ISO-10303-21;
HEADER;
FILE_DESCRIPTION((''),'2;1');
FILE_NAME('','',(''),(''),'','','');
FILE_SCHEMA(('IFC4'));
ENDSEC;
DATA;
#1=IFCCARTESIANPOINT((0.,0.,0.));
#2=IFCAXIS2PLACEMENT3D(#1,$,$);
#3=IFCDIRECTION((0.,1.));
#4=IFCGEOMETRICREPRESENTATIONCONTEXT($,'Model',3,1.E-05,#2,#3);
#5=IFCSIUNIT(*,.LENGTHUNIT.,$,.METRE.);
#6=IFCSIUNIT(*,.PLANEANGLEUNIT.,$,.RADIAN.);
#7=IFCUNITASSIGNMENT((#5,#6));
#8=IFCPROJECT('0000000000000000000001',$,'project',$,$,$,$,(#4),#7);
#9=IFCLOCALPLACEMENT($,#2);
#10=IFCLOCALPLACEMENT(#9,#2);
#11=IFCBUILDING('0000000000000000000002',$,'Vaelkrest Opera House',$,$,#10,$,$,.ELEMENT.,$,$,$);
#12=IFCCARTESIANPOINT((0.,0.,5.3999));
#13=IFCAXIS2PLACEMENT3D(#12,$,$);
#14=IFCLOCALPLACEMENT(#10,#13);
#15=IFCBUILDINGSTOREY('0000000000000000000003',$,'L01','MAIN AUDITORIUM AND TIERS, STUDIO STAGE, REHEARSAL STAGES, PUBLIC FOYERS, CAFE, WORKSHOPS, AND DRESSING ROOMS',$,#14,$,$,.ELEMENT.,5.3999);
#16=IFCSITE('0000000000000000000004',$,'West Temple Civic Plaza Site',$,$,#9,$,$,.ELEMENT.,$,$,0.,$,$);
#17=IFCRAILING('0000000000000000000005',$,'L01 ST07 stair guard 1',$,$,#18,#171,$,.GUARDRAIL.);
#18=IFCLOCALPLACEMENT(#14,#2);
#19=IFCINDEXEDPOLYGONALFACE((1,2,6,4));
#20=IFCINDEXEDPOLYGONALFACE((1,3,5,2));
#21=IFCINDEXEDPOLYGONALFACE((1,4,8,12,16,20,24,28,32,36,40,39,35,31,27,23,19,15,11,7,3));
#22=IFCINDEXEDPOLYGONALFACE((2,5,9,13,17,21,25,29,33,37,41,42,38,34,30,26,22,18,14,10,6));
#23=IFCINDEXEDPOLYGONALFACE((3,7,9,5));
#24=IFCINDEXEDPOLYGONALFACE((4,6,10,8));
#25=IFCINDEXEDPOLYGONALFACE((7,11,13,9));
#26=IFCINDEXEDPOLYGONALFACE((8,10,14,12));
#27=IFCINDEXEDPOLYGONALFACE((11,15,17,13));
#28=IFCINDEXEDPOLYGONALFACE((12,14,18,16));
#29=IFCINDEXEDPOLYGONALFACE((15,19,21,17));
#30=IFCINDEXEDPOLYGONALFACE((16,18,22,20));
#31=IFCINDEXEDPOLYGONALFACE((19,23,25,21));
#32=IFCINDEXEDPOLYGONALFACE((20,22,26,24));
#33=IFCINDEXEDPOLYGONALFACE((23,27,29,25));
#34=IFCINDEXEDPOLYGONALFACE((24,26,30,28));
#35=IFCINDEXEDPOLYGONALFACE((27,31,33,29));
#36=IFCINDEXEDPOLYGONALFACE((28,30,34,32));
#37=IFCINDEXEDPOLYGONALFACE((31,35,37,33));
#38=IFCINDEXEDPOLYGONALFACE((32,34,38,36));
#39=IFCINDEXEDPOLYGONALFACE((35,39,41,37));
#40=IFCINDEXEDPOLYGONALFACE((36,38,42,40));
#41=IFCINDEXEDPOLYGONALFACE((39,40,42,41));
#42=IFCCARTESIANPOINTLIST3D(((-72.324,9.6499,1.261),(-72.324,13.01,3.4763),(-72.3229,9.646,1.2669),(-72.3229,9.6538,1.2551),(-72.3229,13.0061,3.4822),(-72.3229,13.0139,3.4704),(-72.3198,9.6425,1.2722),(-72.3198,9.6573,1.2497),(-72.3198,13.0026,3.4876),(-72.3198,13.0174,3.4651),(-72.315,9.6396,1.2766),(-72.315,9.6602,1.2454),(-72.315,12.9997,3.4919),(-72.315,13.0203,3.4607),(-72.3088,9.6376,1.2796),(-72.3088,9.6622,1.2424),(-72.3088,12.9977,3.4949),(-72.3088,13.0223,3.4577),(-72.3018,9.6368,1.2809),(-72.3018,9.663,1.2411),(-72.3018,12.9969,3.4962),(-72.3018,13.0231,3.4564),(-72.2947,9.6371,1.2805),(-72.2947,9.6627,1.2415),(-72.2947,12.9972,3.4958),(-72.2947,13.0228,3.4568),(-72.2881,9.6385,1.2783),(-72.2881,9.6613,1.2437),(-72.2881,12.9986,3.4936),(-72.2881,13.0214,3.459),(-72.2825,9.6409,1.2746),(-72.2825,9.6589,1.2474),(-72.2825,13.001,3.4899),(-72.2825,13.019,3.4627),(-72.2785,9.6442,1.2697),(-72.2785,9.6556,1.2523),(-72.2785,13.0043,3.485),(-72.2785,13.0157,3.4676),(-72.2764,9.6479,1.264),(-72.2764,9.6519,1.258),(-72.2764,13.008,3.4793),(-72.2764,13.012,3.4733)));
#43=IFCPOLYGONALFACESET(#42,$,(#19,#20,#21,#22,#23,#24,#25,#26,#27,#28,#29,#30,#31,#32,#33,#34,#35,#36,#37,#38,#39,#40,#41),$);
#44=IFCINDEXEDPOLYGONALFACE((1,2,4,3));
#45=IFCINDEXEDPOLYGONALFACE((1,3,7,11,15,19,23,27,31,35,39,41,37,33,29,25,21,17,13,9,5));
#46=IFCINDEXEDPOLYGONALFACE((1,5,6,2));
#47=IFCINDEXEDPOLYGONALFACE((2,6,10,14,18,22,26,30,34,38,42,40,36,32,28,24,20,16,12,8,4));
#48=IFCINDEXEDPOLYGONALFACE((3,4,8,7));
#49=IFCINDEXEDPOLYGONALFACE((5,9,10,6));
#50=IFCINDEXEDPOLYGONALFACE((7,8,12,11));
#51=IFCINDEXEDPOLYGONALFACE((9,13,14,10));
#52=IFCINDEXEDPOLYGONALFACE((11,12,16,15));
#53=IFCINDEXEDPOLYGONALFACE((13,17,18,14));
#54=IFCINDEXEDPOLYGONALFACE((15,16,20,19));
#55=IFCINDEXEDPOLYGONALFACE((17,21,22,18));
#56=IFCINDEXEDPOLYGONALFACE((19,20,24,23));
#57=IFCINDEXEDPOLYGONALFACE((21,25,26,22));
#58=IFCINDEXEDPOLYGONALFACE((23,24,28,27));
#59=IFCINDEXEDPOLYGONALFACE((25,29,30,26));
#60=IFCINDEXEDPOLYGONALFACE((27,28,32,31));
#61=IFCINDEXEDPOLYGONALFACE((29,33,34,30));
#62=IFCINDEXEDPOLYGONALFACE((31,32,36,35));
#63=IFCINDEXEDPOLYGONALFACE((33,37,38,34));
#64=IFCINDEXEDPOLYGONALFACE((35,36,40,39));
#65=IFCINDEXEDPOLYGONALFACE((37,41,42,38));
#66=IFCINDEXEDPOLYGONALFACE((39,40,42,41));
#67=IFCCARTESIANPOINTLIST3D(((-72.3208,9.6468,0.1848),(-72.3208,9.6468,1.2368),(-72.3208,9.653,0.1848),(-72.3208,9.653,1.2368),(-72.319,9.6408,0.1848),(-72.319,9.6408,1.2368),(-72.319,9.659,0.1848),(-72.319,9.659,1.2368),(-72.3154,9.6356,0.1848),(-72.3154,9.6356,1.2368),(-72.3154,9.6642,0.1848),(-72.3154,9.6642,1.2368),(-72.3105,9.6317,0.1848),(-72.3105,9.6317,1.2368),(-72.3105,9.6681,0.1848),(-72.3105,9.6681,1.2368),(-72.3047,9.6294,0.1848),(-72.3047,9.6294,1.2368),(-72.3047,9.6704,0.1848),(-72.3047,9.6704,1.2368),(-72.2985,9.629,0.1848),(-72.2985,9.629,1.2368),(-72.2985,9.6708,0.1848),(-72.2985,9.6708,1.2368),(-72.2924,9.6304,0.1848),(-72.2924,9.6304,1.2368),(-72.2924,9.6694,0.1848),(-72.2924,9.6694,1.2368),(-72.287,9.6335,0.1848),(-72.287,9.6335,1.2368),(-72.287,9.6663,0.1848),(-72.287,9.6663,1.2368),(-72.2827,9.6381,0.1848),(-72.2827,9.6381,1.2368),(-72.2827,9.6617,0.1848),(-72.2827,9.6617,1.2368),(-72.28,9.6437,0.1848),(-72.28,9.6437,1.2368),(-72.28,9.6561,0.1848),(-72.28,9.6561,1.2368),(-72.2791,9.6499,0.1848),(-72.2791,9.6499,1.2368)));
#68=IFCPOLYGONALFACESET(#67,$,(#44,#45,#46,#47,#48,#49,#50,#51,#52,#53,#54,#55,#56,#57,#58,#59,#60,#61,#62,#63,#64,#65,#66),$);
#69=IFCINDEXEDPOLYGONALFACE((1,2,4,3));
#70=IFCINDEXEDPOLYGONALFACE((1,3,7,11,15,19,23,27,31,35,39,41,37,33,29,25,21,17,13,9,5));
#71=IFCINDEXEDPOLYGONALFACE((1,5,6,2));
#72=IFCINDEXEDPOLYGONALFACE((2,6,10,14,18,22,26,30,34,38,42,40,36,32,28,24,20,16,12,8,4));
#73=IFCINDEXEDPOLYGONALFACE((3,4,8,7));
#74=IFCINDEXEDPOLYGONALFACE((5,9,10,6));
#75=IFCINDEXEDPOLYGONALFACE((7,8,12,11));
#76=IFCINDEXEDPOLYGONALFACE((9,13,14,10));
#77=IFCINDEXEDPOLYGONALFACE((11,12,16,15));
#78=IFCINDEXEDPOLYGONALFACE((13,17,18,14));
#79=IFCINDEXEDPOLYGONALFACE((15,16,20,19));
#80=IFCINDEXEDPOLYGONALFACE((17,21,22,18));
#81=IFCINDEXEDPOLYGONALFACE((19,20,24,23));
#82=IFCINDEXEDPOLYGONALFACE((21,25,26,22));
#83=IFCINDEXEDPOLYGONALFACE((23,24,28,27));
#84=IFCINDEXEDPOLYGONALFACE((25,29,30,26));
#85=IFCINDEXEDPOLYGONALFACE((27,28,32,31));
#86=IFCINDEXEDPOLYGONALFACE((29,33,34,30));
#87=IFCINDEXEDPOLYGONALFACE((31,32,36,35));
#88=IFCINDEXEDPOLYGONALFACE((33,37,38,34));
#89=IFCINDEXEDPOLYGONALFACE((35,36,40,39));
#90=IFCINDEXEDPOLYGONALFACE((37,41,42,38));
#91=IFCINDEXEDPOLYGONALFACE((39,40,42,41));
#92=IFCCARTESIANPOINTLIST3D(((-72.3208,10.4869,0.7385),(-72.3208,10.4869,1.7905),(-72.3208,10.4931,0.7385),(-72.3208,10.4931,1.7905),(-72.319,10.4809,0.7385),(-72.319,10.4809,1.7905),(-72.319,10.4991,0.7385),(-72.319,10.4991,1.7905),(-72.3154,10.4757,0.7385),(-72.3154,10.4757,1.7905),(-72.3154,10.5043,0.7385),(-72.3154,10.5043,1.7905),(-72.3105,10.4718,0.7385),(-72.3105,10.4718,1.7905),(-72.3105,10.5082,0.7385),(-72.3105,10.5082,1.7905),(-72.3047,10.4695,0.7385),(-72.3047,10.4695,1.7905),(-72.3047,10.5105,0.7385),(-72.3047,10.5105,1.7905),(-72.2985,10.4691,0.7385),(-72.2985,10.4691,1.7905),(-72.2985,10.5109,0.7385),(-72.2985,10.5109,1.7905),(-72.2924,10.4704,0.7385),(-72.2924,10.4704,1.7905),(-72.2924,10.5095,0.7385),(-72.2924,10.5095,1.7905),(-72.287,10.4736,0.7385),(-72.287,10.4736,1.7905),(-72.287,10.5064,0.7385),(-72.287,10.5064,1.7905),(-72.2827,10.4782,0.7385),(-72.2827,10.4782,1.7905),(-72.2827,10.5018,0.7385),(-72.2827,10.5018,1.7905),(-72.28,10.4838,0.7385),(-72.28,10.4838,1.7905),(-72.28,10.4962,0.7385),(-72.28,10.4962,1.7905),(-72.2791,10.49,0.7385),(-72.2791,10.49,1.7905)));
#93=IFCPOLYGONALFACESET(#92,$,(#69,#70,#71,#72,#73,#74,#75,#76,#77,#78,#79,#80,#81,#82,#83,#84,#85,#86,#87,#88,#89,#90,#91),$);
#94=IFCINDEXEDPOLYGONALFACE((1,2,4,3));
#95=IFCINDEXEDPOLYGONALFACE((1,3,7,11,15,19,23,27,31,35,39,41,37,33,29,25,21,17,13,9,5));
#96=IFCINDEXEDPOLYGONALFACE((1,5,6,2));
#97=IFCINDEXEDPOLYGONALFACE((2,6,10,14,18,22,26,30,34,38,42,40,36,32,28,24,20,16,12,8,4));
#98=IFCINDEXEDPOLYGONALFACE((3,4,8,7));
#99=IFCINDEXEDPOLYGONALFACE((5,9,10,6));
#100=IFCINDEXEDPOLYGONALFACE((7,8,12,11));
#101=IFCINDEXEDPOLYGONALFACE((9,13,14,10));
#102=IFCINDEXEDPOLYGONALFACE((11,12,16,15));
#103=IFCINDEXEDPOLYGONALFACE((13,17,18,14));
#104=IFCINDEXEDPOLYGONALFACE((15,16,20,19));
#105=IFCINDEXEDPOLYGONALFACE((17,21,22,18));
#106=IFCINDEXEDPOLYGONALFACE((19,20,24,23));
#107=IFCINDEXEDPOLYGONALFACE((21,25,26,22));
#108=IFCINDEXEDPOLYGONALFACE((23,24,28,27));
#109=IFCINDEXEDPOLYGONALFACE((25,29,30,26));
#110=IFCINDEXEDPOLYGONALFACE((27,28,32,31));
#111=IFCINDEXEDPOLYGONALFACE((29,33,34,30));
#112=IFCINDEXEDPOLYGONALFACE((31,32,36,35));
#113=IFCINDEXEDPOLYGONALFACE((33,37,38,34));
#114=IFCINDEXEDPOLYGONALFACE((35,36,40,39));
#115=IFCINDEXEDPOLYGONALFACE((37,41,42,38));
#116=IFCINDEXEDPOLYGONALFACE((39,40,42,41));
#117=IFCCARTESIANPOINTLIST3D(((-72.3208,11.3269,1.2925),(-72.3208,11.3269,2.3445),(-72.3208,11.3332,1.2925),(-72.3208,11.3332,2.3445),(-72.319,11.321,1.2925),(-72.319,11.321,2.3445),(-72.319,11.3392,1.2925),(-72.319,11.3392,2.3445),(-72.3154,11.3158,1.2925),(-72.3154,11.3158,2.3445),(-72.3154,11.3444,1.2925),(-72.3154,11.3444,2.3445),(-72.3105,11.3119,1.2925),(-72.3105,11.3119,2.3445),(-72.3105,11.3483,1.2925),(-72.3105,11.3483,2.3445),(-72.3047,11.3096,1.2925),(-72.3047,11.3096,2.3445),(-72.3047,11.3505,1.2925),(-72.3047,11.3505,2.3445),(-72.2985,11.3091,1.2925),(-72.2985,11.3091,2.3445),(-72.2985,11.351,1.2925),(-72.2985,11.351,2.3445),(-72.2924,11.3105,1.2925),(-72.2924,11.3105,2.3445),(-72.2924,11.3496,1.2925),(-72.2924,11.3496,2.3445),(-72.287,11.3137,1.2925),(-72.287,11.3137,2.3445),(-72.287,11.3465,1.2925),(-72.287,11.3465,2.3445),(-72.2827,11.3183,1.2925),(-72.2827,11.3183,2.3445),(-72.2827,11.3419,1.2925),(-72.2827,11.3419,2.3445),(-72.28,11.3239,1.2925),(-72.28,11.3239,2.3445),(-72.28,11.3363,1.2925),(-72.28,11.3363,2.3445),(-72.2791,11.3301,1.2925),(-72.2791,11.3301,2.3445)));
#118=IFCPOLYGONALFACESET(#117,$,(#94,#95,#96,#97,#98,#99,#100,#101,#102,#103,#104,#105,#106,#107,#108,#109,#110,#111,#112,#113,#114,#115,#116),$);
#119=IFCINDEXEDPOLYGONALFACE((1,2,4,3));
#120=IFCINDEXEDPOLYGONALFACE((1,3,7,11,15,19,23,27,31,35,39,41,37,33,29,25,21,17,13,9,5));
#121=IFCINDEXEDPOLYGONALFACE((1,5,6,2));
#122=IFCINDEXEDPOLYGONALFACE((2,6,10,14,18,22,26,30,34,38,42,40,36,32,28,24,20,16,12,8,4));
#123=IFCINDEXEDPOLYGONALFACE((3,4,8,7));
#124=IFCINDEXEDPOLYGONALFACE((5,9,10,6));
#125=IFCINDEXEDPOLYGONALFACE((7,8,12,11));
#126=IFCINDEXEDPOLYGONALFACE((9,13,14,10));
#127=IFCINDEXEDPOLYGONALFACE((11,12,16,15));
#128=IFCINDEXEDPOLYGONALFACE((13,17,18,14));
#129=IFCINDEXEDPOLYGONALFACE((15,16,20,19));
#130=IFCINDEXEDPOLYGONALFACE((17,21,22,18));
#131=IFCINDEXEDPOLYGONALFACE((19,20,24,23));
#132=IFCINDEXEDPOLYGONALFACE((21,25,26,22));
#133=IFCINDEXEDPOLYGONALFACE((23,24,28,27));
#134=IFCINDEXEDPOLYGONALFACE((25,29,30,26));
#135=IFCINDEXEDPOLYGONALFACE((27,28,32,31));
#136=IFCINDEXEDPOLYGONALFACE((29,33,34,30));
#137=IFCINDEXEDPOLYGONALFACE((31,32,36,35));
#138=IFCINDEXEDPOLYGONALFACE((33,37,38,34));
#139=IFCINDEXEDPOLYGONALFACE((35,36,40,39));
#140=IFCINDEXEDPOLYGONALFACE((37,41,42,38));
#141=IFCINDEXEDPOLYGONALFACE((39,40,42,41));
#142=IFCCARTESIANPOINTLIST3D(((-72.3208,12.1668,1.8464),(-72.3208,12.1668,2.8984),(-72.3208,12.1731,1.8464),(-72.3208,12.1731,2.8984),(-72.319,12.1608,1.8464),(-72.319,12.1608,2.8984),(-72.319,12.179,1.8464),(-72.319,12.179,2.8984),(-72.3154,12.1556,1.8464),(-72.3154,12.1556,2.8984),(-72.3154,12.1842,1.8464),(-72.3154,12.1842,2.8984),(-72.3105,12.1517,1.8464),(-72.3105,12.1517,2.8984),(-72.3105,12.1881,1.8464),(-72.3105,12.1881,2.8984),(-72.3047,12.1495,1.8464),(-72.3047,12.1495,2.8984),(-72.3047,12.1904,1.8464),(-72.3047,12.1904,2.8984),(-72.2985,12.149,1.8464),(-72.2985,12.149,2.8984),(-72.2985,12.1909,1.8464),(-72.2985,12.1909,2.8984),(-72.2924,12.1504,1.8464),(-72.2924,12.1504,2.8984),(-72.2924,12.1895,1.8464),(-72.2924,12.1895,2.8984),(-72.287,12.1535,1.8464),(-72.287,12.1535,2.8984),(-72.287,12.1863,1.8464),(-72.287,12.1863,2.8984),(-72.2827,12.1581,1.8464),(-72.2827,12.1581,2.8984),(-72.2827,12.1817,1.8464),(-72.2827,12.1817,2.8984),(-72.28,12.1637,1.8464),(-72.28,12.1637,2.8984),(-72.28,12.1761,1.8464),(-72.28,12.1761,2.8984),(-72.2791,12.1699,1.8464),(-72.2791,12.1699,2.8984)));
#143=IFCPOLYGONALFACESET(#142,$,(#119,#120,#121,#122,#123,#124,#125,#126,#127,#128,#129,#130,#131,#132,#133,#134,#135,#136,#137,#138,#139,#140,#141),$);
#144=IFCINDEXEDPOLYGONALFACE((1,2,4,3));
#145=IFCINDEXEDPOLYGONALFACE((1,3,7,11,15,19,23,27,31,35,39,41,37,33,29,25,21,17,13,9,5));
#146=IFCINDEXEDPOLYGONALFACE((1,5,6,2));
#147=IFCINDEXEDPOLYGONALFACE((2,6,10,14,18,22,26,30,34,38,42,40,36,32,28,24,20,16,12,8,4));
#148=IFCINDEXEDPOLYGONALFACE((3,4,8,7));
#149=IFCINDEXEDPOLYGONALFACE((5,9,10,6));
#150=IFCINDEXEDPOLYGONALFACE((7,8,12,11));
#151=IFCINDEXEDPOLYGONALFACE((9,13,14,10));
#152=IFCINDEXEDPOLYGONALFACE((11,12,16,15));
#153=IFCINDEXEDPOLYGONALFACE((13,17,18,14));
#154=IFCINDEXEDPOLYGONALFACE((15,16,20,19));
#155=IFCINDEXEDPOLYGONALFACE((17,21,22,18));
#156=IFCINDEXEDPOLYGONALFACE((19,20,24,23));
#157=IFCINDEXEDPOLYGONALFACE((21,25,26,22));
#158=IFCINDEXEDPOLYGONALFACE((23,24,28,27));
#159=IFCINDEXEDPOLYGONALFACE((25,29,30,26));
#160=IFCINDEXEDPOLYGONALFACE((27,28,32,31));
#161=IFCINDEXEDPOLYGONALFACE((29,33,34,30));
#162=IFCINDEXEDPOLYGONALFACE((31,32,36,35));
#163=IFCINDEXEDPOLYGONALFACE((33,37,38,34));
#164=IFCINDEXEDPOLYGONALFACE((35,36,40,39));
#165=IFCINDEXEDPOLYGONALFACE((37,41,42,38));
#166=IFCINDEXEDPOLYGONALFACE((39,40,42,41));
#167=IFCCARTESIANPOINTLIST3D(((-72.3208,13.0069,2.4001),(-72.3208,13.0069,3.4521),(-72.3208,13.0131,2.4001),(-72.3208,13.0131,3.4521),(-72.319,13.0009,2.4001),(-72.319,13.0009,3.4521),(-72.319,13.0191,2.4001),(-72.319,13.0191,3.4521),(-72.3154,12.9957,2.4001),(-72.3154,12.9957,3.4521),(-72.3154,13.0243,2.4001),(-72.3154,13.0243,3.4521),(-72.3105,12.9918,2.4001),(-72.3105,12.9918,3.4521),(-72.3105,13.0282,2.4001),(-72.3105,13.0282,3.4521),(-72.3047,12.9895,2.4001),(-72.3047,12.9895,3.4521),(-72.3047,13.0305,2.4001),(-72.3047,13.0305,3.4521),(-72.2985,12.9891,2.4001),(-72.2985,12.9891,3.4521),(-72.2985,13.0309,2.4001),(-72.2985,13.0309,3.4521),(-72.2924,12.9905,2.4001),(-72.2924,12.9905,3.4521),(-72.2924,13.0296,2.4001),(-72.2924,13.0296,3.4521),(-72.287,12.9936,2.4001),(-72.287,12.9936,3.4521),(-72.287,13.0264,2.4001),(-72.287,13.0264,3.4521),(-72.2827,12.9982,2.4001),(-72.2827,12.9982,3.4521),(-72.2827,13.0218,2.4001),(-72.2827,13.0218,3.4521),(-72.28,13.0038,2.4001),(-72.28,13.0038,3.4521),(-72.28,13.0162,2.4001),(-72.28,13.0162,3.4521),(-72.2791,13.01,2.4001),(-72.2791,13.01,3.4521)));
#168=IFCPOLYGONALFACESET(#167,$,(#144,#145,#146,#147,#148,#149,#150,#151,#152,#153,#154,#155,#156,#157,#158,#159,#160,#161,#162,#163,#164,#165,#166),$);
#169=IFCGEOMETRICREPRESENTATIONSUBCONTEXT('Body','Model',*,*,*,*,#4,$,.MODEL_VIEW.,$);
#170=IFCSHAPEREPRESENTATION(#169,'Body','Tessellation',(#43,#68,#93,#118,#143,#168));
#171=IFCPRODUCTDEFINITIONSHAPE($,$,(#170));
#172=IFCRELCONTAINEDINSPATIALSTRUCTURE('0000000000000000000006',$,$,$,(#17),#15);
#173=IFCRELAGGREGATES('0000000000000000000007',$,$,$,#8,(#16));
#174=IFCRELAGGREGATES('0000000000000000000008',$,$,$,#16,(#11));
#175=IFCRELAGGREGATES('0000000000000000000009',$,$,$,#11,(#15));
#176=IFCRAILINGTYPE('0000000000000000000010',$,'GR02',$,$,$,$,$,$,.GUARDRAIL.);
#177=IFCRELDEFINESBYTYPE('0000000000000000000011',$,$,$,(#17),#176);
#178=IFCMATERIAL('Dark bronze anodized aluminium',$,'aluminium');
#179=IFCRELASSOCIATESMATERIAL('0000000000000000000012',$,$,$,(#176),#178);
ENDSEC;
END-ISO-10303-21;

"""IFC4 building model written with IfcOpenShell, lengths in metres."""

from ifc_helpers import new_model, si_unit, direction, frame, origin, origin_2d, place, context, subcontext, project, spatial, circle, extrude, material, type_object, element, save


model = new_model("IFC4")

# Units and contexts
model_context = context("Model", 3, precision=1e-05, world=origin(), true_north=direction((0.0, 1.0)))
body_context = subcontext(model_context, "Body", "Model", "MODEL_VIEW")
ifc_project = project(units=[si_unit("LENGTHUNIT", "METRE"), si_unit("PLANEANGLEUNIT", "RADIAN")], contexts=[model_context])

# Site, building, storey
site_placement = place(None, origin())
site = spatial("IfcSite", under=ifc_project, at=site_placement, Name="West Temple Civic Plaza Site", CompositionType="ELEMENT", RefElevation=0.0)
building_placement = place(site_placement, origin())
building = spatial("IfcBuilding", under=site, at=building_placement, Name="Vaelkrest Opera House", CompositionType="ELEMENT")
storey_placement = place(building_placement, frame((0.0, 0.0, 5.3999)))
storey = spatial("IfcBuildingStorey", under=building, at=storey_placement, Name="L01", Description="MAIN AUDITORIUM AND TIERS, STUDIO STAGE, REHEARSAL STAGES, PUBLIC FOYERS, CAFE, WORKSHOPS, AND DRESSING ROOMS", CompositionType="ELEMENT", Elevation=5.3999)

# Shared definitions
ifc_material_1 = material(Name="Dark bronze anodized aluminium", Category="aluminium")

# Railing
railing_type_1 = type_object("IfcRailingType", Name="GR02", PredefinedType="GUARDRAIL", material=ifc_material_1)
railing_1_placement = place(storey_placement, frame((-72.3, 9.6499, 0.1848)))
element("IfcRailing", 1, at=railing_1_placement, inside=storey, type_object=railing_type_1, Name="L01 ST07 stair guard 1", PredefinedType="GUARDRAIL", context=body_context, shape_type="SweptSolid", body=[
    extrude(circle(Radius=0.0239, at=origin_2d()), frame((0.0, 0.0, 1.0762), z_axis=(0.0, 0.834876, 0.550437), x_axis=(-1.0, 0.0, 0.0)), (0.0, 0.0, 1.0), 4.0247),
    extrude(circle(Radius=0.021, at=origin_2d()), origin(), (0.0, 0.0, 1.0), 1.052),
    extrude(circle(Radius=0.021, at=origin_2d()), frame((0.0, 0.8401, 0.5537)), (0.0, 0.0, 1.0), 1.052),
    extrude(circle(Radius=0.021, at=origin_2d()), frame((0.0, 1.6802, 1.1077)), (0.0, 0.0, 1.0), 1.052),
    extrude(circle(Radius=0.021, at=origin_2d()), frame((0.0, 2.52, 1.6616)), (0.0, 0.0, 1.0), 1.052),
    extrude(circle(Radius=0.021, at=origin_2d()), frame((0.0, 3.3601, 2.2153)), (0.0, 0.0, 1.0), 1.052),
])

save(model, "model.ifc")
